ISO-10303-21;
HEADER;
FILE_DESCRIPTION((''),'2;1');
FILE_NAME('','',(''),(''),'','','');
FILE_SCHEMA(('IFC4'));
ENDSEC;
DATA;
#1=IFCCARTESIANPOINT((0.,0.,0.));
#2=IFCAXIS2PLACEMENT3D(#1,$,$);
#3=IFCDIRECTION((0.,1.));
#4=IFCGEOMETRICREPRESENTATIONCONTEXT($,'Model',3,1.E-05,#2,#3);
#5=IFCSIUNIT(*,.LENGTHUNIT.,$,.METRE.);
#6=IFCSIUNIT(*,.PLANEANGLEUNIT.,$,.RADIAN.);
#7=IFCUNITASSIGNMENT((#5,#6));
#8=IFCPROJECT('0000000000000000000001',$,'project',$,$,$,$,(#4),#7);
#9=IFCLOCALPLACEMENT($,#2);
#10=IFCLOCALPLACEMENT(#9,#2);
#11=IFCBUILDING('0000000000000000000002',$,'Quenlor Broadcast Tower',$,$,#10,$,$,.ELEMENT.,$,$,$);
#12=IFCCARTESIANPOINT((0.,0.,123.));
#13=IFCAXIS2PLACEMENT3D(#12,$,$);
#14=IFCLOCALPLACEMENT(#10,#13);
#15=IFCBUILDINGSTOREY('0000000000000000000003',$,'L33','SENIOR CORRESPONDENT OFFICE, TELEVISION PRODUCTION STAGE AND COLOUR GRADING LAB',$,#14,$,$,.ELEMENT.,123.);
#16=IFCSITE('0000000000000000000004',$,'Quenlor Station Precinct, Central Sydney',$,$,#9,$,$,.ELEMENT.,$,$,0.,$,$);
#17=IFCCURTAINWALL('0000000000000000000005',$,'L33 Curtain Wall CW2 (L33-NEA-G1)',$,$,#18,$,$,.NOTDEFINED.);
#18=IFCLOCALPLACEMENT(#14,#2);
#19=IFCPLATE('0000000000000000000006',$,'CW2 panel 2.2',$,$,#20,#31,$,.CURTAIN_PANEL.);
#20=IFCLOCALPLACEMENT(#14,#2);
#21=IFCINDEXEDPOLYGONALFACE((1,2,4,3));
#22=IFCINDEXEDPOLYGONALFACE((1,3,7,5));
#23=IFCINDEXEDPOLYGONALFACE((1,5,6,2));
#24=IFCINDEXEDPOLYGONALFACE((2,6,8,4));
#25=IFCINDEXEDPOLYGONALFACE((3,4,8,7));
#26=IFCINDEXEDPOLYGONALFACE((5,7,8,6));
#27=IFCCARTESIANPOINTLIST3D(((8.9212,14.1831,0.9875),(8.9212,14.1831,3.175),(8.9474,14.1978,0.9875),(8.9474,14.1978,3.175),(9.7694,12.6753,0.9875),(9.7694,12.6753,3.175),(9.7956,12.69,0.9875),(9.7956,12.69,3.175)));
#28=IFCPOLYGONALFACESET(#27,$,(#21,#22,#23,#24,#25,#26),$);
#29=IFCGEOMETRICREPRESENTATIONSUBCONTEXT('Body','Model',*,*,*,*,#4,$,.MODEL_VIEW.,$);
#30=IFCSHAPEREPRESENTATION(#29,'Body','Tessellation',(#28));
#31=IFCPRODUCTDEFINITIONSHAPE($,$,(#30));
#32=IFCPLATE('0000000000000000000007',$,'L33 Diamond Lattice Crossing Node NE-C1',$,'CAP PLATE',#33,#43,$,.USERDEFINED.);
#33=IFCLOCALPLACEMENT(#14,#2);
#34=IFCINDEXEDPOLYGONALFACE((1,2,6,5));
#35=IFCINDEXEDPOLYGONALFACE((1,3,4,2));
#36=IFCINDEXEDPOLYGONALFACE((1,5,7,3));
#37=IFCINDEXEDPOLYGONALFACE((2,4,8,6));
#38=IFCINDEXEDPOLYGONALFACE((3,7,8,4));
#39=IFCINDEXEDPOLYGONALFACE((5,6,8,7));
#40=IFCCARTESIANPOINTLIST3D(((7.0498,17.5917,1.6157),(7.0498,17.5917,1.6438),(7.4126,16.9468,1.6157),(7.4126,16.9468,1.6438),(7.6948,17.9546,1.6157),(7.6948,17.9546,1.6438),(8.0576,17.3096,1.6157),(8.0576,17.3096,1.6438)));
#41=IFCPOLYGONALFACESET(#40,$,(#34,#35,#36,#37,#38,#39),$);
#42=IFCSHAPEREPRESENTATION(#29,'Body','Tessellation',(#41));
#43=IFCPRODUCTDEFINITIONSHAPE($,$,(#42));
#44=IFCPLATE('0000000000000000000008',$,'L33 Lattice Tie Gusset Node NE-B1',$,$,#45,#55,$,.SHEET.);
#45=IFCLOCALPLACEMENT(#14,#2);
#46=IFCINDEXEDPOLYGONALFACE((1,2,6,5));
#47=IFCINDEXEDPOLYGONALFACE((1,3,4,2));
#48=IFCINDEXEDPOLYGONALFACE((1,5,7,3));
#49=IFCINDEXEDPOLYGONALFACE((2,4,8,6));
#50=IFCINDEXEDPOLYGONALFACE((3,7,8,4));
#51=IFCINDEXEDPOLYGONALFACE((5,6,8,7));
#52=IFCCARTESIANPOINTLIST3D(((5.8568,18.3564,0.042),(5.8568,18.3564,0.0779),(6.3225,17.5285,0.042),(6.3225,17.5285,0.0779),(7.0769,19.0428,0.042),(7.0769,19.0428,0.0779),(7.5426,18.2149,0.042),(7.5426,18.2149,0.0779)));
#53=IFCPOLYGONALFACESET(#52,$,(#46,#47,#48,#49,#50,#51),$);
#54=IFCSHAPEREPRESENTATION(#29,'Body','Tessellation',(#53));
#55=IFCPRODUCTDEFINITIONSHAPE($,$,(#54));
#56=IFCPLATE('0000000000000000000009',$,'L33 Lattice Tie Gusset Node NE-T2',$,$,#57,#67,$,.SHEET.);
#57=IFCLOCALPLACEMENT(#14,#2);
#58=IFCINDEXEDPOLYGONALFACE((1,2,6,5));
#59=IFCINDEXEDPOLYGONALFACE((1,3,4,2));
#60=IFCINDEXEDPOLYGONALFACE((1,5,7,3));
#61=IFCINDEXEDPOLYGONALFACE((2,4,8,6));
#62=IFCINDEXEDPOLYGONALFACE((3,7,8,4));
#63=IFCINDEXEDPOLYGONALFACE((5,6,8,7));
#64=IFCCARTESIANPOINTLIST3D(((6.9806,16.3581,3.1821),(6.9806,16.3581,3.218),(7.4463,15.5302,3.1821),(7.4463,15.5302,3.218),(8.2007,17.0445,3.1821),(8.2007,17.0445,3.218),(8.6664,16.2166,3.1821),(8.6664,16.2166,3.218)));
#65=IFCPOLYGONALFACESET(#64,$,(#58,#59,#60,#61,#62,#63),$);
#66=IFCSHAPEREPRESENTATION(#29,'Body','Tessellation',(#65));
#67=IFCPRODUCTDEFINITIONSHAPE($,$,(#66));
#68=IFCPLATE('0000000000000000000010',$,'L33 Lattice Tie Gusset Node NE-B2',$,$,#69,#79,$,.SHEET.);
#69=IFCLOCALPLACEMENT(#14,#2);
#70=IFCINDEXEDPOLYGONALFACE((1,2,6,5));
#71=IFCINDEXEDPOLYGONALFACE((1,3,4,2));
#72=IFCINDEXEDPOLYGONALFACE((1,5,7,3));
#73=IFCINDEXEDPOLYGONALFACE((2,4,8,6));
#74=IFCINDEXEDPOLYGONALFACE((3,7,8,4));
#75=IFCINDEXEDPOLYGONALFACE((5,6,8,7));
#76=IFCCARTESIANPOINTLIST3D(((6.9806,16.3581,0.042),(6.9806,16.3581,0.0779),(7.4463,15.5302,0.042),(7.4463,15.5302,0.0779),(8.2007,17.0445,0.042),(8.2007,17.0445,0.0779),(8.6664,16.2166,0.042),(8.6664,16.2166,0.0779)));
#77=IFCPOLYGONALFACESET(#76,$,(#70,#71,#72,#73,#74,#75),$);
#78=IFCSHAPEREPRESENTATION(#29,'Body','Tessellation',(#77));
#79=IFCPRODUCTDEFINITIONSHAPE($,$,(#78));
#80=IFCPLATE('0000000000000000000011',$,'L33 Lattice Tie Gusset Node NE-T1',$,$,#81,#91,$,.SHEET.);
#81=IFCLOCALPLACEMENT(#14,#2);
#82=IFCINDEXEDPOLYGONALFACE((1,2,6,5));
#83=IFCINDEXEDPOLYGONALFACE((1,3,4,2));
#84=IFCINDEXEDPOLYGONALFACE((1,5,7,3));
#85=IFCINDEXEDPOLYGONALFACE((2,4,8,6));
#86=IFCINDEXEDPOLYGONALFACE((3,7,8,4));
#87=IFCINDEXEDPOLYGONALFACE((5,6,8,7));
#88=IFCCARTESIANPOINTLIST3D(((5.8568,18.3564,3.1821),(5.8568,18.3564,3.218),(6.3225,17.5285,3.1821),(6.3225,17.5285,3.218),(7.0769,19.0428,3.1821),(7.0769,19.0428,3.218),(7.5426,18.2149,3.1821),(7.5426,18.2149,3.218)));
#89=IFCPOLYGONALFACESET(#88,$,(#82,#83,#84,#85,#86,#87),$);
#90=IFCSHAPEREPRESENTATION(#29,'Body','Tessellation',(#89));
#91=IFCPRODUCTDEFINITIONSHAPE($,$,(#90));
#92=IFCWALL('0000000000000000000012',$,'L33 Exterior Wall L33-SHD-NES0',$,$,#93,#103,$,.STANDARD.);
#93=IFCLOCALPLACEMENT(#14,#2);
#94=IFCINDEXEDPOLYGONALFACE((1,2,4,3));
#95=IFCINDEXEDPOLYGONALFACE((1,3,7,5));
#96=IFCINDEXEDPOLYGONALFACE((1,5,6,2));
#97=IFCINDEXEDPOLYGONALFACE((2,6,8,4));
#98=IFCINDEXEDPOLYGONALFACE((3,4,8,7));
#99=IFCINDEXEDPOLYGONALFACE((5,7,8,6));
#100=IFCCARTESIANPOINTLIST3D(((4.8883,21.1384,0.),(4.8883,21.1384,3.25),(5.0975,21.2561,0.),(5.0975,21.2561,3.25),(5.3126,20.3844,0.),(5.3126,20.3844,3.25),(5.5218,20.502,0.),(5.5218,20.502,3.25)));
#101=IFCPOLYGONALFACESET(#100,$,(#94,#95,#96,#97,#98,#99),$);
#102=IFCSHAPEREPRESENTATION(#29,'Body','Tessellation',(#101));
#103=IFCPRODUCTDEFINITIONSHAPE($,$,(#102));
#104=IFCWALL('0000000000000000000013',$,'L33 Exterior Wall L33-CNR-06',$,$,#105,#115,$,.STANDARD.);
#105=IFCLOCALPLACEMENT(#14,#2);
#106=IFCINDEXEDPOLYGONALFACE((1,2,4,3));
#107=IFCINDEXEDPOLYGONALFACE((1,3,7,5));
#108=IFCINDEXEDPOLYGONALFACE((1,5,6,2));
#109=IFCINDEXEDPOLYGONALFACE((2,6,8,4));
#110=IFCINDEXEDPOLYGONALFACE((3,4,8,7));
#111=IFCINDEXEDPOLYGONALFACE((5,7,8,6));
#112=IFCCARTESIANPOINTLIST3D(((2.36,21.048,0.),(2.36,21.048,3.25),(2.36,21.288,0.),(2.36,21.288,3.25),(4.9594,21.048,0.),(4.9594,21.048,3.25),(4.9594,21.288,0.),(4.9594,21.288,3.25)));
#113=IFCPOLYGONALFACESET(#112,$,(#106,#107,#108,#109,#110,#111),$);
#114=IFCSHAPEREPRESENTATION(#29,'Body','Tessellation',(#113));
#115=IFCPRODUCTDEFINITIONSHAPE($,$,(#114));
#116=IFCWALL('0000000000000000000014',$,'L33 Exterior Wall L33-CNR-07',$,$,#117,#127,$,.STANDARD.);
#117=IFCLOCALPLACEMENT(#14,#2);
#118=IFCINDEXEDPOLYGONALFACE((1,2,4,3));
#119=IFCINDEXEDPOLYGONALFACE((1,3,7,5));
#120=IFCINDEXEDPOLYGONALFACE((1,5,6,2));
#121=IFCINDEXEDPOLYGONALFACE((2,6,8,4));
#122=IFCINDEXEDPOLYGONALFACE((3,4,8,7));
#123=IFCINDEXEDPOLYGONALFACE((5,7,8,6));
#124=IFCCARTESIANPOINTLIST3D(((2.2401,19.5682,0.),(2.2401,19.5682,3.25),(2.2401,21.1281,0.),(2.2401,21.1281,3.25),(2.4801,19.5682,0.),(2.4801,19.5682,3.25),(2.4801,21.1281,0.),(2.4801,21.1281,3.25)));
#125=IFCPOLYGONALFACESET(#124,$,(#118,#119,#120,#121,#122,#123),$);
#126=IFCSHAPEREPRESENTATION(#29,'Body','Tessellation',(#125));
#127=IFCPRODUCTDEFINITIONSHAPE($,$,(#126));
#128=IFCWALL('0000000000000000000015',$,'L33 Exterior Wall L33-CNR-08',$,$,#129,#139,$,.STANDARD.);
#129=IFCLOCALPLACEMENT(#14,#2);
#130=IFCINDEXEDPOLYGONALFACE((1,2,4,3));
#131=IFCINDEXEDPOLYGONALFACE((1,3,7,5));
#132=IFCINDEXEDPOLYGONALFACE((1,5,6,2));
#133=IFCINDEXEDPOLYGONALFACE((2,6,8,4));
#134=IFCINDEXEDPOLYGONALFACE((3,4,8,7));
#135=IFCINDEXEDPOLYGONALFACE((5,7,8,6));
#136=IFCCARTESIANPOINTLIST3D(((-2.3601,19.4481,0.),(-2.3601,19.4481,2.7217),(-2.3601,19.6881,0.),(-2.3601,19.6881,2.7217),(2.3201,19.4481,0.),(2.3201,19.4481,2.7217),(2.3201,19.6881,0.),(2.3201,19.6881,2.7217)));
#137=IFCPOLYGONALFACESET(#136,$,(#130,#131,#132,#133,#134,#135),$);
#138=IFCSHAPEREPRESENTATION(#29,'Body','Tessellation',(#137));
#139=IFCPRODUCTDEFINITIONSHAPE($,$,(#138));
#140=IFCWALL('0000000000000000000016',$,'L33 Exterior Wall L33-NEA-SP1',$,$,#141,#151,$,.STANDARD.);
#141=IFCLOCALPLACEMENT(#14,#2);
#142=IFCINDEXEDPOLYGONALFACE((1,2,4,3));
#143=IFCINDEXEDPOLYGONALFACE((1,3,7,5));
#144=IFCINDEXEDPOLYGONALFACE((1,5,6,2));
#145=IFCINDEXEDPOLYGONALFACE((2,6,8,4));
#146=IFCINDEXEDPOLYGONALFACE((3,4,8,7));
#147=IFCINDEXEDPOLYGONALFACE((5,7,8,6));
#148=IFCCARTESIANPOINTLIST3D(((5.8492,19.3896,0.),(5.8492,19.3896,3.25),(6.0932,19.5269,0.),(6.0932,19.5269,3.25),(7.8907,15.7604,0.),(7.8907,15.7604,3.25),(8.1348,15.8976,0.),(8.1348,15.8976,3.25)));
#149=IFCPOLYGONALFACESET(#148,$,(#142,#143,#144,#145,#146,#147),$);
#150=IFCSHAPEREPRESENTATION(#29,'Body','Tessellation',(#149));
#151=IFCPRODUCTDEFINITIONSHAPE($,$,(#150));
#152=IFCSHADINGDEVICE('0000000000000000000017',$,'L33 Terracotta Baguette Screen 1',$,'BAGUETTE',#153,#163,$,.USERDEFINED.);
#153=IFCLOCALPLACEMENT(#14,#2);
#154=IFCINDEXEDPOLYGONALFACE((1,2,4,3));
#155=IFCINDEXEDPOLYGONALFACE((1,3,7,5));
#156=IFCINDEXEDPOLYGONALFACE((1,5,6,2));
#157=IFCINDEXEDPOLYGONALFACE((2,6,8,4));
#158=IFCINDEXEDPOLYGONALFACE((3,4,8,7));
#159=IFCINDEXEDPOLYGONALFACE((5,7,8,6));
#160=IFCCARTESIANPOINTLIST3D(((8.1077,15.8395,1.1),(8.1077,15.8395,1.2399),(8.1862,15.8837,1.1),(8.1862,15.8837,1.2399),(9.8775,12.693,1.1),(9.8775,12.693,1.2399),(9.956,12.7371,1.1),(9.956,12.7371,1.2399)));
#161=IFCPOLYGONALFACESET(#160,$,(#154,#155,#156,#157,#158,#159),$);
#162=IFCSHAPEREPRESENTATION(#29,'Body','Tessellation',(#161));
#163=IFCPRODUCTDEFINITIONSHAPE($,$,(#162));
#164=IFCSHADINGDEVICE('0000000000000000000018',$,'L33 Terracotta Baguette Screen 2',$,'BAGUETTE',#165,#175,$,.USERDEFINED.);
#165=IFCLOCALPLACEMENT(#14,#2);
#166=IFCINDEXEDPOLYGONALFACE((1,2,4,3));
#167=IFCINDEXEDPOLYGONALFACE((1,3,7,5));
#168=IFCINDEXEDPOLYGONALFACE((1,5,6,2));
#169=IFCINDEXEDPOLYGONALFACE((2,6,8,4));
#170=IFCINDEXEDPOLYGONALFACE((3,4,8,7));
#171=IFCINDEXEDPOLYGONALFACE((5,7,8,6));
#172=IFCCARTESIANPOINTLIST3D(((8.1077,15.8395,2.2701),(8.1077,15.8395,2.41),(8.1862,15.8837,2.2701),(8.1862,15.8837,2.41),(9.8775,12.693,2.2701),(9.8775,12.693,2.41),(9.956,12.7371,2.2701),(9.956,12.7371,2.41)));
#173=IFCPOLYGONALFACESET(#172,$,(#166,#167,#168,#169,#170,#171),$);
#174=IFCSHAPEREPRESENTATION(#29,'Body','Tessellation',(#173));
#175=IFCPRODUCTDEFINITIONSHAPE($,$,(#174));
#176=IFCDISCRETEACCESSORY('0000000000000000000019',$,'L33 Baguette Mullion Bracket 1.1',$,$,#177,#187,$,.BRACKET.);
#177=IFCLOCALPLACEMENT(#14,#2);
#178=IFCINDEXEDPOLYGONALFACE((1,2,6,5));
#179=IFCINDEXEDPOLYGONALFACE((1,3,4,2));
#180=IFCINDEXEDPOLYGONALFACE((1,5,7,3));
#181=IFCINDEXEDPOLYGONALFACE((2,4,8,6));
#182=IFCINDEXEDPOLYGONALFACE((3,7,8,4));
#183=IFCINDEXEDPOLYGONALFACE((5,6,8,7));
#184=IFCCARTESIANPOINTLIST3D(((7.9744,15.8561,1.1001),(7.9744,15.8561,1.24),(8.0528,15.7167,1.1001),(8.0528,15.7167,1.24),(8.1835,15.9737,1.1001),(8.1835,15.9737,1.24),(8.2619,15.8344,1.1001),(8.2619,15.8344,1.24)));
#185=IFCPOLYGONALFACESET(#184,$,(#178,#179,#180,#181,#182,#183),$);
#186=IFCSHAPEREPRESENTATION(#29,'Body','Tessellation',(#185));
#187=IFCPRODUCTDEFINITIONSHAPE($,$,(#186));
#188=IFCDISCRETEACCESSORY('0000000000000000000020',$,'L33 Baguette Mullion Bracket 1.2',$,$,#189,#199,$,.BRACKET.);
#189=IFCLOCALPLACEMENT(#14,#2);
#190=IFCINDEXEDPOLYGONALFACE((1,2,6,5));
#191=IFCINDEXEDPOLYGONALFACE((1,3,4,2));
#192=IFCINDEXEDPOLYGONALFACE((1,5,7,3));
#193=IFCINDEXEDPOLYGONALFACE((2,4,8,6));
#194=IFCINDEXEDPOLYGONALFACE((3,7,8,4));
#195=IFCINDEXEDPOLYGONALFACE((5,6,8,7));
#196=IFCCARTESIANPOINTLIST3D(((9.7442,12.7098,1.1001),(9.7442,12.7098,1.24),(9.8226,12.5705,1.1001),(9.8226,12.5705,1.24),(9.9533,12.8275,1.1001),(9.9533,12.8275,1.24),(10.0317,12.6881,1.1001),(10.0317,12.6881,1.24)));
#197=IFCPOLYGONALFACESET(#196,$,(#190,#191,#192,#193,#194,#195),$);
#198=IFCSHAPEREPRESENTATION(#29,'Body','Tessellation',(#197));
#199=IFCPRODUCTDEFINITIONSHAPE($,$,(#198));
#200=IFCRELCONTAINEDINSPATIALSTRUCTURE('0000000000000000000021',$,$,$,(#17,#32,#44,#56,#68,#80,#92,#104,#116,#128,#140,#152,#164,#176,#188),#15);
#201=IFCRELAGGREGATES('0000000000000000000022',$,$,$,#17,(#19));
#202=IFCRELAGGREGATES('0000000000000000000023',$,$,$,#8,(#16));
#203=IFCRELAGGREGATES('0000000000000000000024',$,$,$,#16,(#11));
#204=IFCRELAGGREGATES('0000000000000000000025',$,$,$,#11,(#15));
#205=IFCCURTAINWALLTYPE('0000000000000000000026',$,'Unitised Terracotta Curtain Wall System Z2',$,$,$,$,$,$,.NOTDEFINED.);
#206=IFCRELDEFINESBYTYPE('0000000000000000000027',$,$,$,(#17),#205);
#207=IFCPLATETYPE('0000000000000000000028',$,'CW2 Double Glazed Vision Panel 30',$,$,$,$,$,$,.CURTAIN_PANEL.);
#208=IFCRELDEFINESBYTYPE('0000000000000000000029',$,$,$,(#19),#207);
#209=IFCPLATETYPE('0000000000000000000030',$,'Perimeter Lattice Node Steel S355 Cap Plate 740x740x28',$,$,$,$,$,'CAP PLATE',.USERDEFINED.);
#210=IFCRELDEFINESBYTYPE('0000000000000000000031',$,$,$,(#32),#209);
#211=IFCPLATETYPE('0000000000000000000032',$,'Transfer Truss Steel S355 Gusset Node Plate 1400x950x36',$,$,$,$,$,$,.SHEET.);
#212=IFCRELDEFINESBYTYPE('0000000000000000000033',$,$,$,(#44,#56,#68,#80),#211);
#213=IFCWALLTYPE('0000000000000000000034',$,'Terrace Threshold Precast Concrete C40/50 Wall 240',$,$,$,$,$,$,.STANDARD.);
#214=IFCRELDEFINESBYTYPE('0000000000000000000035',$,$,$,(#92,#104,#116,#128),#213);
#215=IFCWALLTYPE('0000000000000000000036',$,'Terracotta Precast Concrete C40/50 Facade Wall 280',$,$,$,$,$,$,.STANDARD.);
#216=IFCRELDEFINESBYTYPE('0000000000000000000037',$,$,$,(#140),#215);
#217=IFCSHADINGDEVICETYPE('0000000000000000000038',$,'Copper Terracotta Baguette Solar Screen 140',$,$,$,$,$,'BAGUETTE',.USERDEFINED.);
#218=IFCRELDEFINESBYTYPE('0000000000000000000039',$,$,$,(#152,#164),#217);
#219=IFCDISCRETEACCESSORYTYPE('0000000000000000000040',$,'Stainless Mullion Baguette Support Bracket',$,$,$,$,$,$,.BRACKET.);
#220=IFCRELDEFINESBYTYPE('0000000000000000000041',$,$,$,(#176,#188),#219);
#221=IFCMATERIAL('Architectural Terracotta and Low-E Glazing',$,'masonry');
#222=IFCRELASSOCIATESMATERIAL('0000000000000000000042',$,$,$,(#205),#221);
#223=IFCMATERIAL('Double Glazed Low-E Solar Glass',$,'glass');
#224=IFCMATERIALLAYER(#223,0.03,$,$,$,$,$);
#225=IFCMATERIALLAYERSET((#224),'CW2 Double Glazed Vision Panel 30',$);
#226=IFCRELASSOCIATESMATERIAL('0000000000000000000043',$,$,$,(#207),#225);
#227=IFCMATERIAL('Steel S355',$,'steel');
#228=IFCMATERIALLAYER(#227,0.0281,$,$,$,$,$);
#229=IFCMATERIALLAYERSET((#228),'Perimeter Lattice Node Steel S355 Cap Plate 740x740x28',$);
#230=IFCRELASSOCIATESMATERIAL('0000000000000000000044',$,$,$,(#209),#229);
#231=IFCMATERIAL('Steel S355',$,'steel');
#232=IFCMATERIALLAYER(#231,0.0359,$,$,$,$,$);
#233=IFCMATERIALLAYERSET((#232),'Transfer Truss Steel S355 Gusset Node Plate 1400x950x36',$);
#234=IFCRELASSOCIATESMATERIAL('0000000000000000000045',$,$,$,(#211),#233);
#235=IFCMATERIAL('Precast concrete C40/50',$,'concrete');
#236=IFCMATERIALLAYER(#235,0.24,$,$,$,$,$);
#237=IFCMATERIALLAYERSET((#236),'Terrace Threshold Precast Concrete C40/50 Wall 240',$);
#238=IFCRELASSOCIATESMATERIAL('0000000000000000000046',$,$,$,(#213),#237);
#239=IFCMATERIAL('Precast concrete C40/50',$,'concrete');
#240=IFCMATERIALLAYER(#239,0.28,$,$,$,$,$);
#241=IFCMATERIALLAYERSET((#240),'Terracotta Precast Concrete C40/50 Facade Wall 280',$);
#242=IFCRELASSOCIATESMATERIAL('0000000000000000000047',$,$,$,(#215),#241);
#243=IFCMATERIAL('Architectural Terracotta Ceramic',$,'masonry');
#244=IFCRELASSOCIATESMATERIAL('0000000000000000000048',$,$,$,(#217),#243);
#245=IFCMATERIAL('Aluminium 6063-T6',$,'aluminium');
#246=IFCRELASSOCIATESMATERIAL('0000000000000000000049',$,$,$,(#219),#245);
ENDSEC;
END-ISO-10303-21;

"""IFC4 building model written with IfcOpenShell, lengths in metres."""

from ifc_helpers import new_model, si_unit, direction, frame, frame_2d, origin, origin_2d, place, context, subcontext, project, spatial, rectangle, extrude, material, layer, layer_set, material_profile, profile_set, type_object, element, aggregate, save


model = new_model("IFC4")

# Units and contexts
model_context = context("Model", 3, precision=1e-05, world=origin(), true_north=direction((0.0, 1.0)))
body_context = subcontext(model_context, "Body", "Model", "MODEL_VIEW")
ifc_project = project(units=[si_unit("LENGTHUNIT", "METRE"), si_unit("PLANEANGLEUNIT", "RADIAN")], contexts=[model_context])

# Site, building, storey
site_placement = place(None, origin())
site = spatial("IfcSite", under=ifc_project, at=site_placement, Name="Quenlor Station Precinct, Central Sydney", CompositionType="ELEMENT", RefElevation=0.0)
building_placement = place(site_placement, origin())
building = spatial("IfcBuilding", under=site, at=building_placement, Name="Quenlor Broadcast Tower", CompositionType="ELEMENT")
storey_placement = place(building_placement, frame((0.0, 0.0, 123.0)))
storey = spatial("IfcBuildingStorey", under=building, at=storey_placement, Name="L33", Description="SENIOR CORRESPONDENT OFFICE, TELEVISION PRODUCTION STAGE AND COLOUR GRADING LAB", CompositionType="ELEMENT", Elevation=123.0)

# Curtain wall
ifc_material_1 = material(Name="Architectural Terracotta and Low-E Glazing", Category="masonry")
curtain_wall_type = type_object("IfcCurtainWallType", Name="Unitised Terracotta Curtain Wall System Z2", PredefinedType="NOTDEFINED", material=ifc_material_1)
curtain_wall_placement = place(storey_placement, origin())
curtain_wall = element("IfcCurtainWall", 1, at=curtain_wall_placement, inside=storey, type_object=curtain_wall_type, Name="L33 Curtain Wall CW2 (L33-NEA-G1)", PredefinedType="NOTDEFINED")

# Plate
ifc_material_2 = material(Name="Double Glazed Low-E Solar Glass", Category="glass")
ifc_layer_1 = layer(ifc_material_2, 0.03)
ifc_layer_set_1 = layer_set([ifc_layer_1], Name="CW2 Double Glazed Vision Panel 30")
plate_type_1 = type_object("IfcPlateType", Name="CW2 Double Glazed Vision Panel 30", PredefinedType="CURTAIN_PANEL", material=ifc_layer_set_1)
plate_1_placement = place(storey_placement, frame((9.3584, 13.4365, 0.9875), z_axis=(0.0, 0.0, 1.0), x_axis=(0.490265, -0.871573, 0.0)))
plate_1 = element("IfcPlate", 2, at=plate_1_placement, type_object=plate_type_1, Name="CW2 panel 2.2", PredefinedType="CURTAIN_PANEL", context=body_context, shape_type="SweptSolid", body=[
    extrude(rectangle(XDim=1.73, YDim=0.03, at=origin_2d()), origin(), (0.0, 0.0, 1.0), 2.1875),
])
aggregate(curtain_wall, [plate_1])

# Plates
ifc_material_3 = material(Name="Steel S355", Category="steel")
ifc_layer_2 = layer(ifc_material_3, 0.0281)
ifc_layer_set_2 = layer_set([ifc_layer_2], Name="Perimeter Lattice Node Steel S355 Cap Plate 740x740x28")
plate_type_2 = type_object("IfcPlateType", Name="Perimeter Lattice Node Steel S355 Cap Plate 740x740x28", ElementType="CAP PLATE", PredefinedType="USERDEFINED", material=ifc_layer_set_2)
plate_2_placement = place(storey_placement, frame((7.5537, 17.4507, 1.6157), z_axis=(0.0, 0.0, 1.0), x_axis=(0.490295, -0.871556, 0.0)))
element("IfcPlate", 3, at=plate_2_placement, inside=storey, type_object=plate_type_2, Name="L33 Diamond Lattice Crossing Node NE-C1", ObjectType="CAP PLATE", PredefinedType="USERDEFINED", context=body_context, shape_type="SweptSolid", body=[
    extrude(rectangle(XDim=0.74, YDim=0.74, at=origin_2d()), origin(), (0.0, 0.0, 1.0), 0.0281),
])
ifc_material_4 = material(Name="Steel S355", Category="steel")
ifc_layer_3 = layer(ifc_material_4, 0.0359)
ifc_layer_set_3 = layer_set([ifc_layer_3], Name="Transfer Truss Steel S355 Gusset Node Plate 1400x950x36")
plate_type_3 = type_object("IfcPlateType", Name="Transfer Truss Steel S355 Gusset Node Plate 1400x950x36", PredefinedType="SHEET", material=ifc_layer_set_3)
for number, where, z_axis, x_axis, name in (
    (4, (6.6997, 18.2856, 0.042), (0.0, 0.0, 1.0), (0.871556, 0.490295, 0.0), "L33 Lattice Tie Gusset Node NE-B1"),
    (5, (7.8235, 16.2874, 3.1821), (0.0, 0.0, 1.0), (0.871556, 0.490295, 0.0), "L33 Lattice Tie Gusset Node NE-T2"),
    (6, (7.8235, 16.2874, 0.042), (0.0, 0.0, 1.0), (0.871556, 0.490295, 0.0), "L33 Lattice Tie Gusset Node NE-B2"),
    (7, (6.6997, 18.2856, 3.1821), (0.0, 0.0, 1.0), (0.871556, 0.490295, 0.0), "L33 Lattice Tie Gusset Node NE-T1"),
):
    element("IfcPlate", number, at=place(storey_placement, frame(where, z_axis=z_axis, x_axis=x_axis)), inside=storey, type_object=plate_type_3, Name=name, PredefinedType="SHEET", context=body_context, shape_type="SweptSolid", body=[
        extrude(rectangle(XDim=1.3999, YDim=0.95, at=origin_2d()), origin(), (0.0, 0.0, 1.0), 0.0359),
    ])

# Walls
ifc_material_5 = material(Name="Precast concrete C40/50", Category="concrete")
ifc_layer_4 = layer(ifc_material_5, 0.24)
ifc_layer_set_4 = layer_set([ifc_layer_4], Name="Terrace Threshold Precast Concrete C40/50 Wall 240")
wall_type_1 = type_object("IfcWallType", Name="Terrace Threshold Precast Concrete C40/50 Wall 240", PredefinedType="STANDARD", material=ifc_layer_set_4)
wall_1_placement = place(storey_placement, frame((4.9929, 21.1973, 0.0), z_axis=(0.0, 0.0, 1.0), x_axis=(0.490355, -0.871523, 0.0)))
element("IfcWall", 8, at=wall_1_placement, inside=storey, type_object=wall_type_1, Name="L33 Exterior Wall L33-SHD-NES0", PredefinedType="STANDARD", context=body_context, shape_type="SweptSolid", body=[
    extrude(rectangle(XDim=0.8652, YDim=0.24, at=frame_2d((0.4326, 0.0))), origin(), (0.0, 0.0, 1.0), 3.25),
])
wall_2_placement = place(storey_placement, frame((4.9595, 21.168, 0.0), z_axis=(0.0, 0.0, 1.0), x_axis=(-1.0, 0.0, 0.0)))
element("IfcWall", 9, at=wall_2_placement, inside=storey, type_object=wall_type_1, Name="L33 Exterior Wall L33-CNR-06", PredefinedType="STANDARD", context=body_context, shape_type="SweptSolid", body=[
    extrude(rectangle(XDim=2.5994, YDim=0.24, at=frame_2d((1.2998, 0.0))), origin(), (0.0, 0.0, 1.0), 3.25),
])
wall_3_placement = place(storey_placement, frame((2.3601, 21.1279, 0.0), z_axis=(0.0, 0.0, 1.0), x_axis=(0.0, -1.0, 0.0)))
element("IfcWall", 10, at=wall_3_placement, inside=storey, type_object=wall_type_1, Name="L33 Exterior Wall L33-CNR-07", PredefinedType="STANDARD", context=body_context, shape_type="SweptSolid", body=[
    extrude(rectangle(XDim=1.5598, YDim=0.24, at=frame_2d((0.7798, 0.0))), origin(), (0.0, 0.0, 1.0), 3.25),
])
wall_4_placement = place(storey_placement, frame((2.3201, 19.5681, 0.0), z_axis=(0.0, 0.0, 1.0), x_axis=(-1.0, 0.0, 0.0)))
element("IfcWall", 11, at=wall_4_placement, inside=storey, type_object=wall_type_1, Name="L33 Exterior Wall L33-CNR-08", PredefinedType="STANDARD", context=body_context, shape_type="SweptSolid", body=[
    extrude(rectangle(XDim=4.6802, YDim=0.24, at=frame_2d((2.3401, 0.0))), origin(), (0.0, 0.0, 1.0), 2.7217),
])
ifc_material_6 = material(Name="Precast concrete C40/50", Category="concrete")
ifc_layer_5 = layer(ifc_material_6, 0.28)
ifc_layer_set_5 = layer_set([ifc_layer_5], Name="Terracotta Precast Concrete C40/50 Facade Wall 280")
wall_type_2 = type_object("IfcWallType", Name="Terracotta Precast Concrete C40/50 Facade Wall 280", PredefinedType="STANDARD", material=ifc_layer_set_5)
wall_5_placement = place(storey_placement, frame((5.9712, 19.4583, 0.0), z_axis=(0.0, 0.0, 1.0), x_axis=(0.490281, -0.871565, 0.0)))
element("IfcWall", 12, at=wall_5_placement, inside=storey, type_object=wall_type_2, Name="L33 Exterior Wall L33-NEA-SP1", PredefinedType="STANDARD", context=body_context, shape_type="SweptSolid", body=[
    extrude(rectangle(XDim=4.1641, YDim=0.28, at=frame_2d((2.082, 0.0))), origin(), (0.0, 0.0, 1.0), 3.25),
])

# Shading devices
ifc_material_7 = material(Name="Architectural Terracotta Ceramic", Category="masonry")
ifc_material_profile_1 = material_profile(ifc_material_7, rectangle(XDim=0.0901, YDim=0.1399, at=origin_2d()))
ifc_profile_set_1 = profile_set([ifc_material_profile_1], Name="Architectural Terracotta Ceramic BAG90x140")
shading_device_type = type_object("IfcShadingDeviceType", Name="Copper Terracotta Baguette Solar Screen 140", ElementType="BAGUETTE", PredefinedType="USERDEFINED", material=ifc_profile_set_1)
for number, where, z_axis, x_axis, name in (
    (13, (8.147, 15.8616, 1.1699), (0.490236, -0.87159, 0.0), (0.87159, 0.490236, 0.0), "L33 Terracotta Baguette Screen 1"),
    (14, (8.147, 15.8616, 2.3401), (0.490236, -0.87159, 0.0), (0.87159, 0.490236, 0.0), "L33 Terracotta Baguette Screen 2"),
):
    element("IfcShadingDevice", number, at=place(storey_placement, frame(where, z_axis=z_axis, x_axis=x_axis)), inside=storey, type_object=shading_device_type, Name=name, ObjectType="BAGUETTE", PredefinedType="USERDEFINED", context=body_context, shape_type="SweptSolid", body=[
        extrude(rectangle(XDim=0.0901, YDim=0.1399, at=origin_2d()), origin(), (0.0, 0.0, 1.0), 3.6101),
    ])

# Discrete accessories
ifc_material_8 = material(Name="Aluminium 6063-T6", Category="aluminium")
discrete_accessory_type = type_object("IfcDiscreteAccessoryType", Name="Stainless Mullion Baguette Support Bracket", PredefinedType="BRACKET", material=ifc_material_8)
for number, where, z_axis, x_axis, name in (
    (15, (8.1182, 15.8452, 1.1001), (0.0, 0.0, 1.0), (0.490265, -0.871573, 0.0), "L33 Baguette Mullion Bracket 1.1"),
    (16, (9.8879, 12.699, 1.1001), (0.0, 0.0, 1.0), (0.490265, -0.871573, 0.0), "L33 Baguette Mullion Bracket 1.2"),
):
    element("IfcDiscreteAccessory", number, at=place(storey_placement, frame(where, z_axis=z_axis, x_axis=x_axis)), inside=storey, type_object=discrete_accessory_type, Name=name, PredefinedType="BRACKET", context=body_context, shape_type="SweptSolid", body=[
        extrude(rectangle(XDim=0.1599, YDim=0.24, at=origin_2d()), origin(), (0.0, 0.0, 1.0), 0.1399),
    ])

save(model, "model.ifc")
